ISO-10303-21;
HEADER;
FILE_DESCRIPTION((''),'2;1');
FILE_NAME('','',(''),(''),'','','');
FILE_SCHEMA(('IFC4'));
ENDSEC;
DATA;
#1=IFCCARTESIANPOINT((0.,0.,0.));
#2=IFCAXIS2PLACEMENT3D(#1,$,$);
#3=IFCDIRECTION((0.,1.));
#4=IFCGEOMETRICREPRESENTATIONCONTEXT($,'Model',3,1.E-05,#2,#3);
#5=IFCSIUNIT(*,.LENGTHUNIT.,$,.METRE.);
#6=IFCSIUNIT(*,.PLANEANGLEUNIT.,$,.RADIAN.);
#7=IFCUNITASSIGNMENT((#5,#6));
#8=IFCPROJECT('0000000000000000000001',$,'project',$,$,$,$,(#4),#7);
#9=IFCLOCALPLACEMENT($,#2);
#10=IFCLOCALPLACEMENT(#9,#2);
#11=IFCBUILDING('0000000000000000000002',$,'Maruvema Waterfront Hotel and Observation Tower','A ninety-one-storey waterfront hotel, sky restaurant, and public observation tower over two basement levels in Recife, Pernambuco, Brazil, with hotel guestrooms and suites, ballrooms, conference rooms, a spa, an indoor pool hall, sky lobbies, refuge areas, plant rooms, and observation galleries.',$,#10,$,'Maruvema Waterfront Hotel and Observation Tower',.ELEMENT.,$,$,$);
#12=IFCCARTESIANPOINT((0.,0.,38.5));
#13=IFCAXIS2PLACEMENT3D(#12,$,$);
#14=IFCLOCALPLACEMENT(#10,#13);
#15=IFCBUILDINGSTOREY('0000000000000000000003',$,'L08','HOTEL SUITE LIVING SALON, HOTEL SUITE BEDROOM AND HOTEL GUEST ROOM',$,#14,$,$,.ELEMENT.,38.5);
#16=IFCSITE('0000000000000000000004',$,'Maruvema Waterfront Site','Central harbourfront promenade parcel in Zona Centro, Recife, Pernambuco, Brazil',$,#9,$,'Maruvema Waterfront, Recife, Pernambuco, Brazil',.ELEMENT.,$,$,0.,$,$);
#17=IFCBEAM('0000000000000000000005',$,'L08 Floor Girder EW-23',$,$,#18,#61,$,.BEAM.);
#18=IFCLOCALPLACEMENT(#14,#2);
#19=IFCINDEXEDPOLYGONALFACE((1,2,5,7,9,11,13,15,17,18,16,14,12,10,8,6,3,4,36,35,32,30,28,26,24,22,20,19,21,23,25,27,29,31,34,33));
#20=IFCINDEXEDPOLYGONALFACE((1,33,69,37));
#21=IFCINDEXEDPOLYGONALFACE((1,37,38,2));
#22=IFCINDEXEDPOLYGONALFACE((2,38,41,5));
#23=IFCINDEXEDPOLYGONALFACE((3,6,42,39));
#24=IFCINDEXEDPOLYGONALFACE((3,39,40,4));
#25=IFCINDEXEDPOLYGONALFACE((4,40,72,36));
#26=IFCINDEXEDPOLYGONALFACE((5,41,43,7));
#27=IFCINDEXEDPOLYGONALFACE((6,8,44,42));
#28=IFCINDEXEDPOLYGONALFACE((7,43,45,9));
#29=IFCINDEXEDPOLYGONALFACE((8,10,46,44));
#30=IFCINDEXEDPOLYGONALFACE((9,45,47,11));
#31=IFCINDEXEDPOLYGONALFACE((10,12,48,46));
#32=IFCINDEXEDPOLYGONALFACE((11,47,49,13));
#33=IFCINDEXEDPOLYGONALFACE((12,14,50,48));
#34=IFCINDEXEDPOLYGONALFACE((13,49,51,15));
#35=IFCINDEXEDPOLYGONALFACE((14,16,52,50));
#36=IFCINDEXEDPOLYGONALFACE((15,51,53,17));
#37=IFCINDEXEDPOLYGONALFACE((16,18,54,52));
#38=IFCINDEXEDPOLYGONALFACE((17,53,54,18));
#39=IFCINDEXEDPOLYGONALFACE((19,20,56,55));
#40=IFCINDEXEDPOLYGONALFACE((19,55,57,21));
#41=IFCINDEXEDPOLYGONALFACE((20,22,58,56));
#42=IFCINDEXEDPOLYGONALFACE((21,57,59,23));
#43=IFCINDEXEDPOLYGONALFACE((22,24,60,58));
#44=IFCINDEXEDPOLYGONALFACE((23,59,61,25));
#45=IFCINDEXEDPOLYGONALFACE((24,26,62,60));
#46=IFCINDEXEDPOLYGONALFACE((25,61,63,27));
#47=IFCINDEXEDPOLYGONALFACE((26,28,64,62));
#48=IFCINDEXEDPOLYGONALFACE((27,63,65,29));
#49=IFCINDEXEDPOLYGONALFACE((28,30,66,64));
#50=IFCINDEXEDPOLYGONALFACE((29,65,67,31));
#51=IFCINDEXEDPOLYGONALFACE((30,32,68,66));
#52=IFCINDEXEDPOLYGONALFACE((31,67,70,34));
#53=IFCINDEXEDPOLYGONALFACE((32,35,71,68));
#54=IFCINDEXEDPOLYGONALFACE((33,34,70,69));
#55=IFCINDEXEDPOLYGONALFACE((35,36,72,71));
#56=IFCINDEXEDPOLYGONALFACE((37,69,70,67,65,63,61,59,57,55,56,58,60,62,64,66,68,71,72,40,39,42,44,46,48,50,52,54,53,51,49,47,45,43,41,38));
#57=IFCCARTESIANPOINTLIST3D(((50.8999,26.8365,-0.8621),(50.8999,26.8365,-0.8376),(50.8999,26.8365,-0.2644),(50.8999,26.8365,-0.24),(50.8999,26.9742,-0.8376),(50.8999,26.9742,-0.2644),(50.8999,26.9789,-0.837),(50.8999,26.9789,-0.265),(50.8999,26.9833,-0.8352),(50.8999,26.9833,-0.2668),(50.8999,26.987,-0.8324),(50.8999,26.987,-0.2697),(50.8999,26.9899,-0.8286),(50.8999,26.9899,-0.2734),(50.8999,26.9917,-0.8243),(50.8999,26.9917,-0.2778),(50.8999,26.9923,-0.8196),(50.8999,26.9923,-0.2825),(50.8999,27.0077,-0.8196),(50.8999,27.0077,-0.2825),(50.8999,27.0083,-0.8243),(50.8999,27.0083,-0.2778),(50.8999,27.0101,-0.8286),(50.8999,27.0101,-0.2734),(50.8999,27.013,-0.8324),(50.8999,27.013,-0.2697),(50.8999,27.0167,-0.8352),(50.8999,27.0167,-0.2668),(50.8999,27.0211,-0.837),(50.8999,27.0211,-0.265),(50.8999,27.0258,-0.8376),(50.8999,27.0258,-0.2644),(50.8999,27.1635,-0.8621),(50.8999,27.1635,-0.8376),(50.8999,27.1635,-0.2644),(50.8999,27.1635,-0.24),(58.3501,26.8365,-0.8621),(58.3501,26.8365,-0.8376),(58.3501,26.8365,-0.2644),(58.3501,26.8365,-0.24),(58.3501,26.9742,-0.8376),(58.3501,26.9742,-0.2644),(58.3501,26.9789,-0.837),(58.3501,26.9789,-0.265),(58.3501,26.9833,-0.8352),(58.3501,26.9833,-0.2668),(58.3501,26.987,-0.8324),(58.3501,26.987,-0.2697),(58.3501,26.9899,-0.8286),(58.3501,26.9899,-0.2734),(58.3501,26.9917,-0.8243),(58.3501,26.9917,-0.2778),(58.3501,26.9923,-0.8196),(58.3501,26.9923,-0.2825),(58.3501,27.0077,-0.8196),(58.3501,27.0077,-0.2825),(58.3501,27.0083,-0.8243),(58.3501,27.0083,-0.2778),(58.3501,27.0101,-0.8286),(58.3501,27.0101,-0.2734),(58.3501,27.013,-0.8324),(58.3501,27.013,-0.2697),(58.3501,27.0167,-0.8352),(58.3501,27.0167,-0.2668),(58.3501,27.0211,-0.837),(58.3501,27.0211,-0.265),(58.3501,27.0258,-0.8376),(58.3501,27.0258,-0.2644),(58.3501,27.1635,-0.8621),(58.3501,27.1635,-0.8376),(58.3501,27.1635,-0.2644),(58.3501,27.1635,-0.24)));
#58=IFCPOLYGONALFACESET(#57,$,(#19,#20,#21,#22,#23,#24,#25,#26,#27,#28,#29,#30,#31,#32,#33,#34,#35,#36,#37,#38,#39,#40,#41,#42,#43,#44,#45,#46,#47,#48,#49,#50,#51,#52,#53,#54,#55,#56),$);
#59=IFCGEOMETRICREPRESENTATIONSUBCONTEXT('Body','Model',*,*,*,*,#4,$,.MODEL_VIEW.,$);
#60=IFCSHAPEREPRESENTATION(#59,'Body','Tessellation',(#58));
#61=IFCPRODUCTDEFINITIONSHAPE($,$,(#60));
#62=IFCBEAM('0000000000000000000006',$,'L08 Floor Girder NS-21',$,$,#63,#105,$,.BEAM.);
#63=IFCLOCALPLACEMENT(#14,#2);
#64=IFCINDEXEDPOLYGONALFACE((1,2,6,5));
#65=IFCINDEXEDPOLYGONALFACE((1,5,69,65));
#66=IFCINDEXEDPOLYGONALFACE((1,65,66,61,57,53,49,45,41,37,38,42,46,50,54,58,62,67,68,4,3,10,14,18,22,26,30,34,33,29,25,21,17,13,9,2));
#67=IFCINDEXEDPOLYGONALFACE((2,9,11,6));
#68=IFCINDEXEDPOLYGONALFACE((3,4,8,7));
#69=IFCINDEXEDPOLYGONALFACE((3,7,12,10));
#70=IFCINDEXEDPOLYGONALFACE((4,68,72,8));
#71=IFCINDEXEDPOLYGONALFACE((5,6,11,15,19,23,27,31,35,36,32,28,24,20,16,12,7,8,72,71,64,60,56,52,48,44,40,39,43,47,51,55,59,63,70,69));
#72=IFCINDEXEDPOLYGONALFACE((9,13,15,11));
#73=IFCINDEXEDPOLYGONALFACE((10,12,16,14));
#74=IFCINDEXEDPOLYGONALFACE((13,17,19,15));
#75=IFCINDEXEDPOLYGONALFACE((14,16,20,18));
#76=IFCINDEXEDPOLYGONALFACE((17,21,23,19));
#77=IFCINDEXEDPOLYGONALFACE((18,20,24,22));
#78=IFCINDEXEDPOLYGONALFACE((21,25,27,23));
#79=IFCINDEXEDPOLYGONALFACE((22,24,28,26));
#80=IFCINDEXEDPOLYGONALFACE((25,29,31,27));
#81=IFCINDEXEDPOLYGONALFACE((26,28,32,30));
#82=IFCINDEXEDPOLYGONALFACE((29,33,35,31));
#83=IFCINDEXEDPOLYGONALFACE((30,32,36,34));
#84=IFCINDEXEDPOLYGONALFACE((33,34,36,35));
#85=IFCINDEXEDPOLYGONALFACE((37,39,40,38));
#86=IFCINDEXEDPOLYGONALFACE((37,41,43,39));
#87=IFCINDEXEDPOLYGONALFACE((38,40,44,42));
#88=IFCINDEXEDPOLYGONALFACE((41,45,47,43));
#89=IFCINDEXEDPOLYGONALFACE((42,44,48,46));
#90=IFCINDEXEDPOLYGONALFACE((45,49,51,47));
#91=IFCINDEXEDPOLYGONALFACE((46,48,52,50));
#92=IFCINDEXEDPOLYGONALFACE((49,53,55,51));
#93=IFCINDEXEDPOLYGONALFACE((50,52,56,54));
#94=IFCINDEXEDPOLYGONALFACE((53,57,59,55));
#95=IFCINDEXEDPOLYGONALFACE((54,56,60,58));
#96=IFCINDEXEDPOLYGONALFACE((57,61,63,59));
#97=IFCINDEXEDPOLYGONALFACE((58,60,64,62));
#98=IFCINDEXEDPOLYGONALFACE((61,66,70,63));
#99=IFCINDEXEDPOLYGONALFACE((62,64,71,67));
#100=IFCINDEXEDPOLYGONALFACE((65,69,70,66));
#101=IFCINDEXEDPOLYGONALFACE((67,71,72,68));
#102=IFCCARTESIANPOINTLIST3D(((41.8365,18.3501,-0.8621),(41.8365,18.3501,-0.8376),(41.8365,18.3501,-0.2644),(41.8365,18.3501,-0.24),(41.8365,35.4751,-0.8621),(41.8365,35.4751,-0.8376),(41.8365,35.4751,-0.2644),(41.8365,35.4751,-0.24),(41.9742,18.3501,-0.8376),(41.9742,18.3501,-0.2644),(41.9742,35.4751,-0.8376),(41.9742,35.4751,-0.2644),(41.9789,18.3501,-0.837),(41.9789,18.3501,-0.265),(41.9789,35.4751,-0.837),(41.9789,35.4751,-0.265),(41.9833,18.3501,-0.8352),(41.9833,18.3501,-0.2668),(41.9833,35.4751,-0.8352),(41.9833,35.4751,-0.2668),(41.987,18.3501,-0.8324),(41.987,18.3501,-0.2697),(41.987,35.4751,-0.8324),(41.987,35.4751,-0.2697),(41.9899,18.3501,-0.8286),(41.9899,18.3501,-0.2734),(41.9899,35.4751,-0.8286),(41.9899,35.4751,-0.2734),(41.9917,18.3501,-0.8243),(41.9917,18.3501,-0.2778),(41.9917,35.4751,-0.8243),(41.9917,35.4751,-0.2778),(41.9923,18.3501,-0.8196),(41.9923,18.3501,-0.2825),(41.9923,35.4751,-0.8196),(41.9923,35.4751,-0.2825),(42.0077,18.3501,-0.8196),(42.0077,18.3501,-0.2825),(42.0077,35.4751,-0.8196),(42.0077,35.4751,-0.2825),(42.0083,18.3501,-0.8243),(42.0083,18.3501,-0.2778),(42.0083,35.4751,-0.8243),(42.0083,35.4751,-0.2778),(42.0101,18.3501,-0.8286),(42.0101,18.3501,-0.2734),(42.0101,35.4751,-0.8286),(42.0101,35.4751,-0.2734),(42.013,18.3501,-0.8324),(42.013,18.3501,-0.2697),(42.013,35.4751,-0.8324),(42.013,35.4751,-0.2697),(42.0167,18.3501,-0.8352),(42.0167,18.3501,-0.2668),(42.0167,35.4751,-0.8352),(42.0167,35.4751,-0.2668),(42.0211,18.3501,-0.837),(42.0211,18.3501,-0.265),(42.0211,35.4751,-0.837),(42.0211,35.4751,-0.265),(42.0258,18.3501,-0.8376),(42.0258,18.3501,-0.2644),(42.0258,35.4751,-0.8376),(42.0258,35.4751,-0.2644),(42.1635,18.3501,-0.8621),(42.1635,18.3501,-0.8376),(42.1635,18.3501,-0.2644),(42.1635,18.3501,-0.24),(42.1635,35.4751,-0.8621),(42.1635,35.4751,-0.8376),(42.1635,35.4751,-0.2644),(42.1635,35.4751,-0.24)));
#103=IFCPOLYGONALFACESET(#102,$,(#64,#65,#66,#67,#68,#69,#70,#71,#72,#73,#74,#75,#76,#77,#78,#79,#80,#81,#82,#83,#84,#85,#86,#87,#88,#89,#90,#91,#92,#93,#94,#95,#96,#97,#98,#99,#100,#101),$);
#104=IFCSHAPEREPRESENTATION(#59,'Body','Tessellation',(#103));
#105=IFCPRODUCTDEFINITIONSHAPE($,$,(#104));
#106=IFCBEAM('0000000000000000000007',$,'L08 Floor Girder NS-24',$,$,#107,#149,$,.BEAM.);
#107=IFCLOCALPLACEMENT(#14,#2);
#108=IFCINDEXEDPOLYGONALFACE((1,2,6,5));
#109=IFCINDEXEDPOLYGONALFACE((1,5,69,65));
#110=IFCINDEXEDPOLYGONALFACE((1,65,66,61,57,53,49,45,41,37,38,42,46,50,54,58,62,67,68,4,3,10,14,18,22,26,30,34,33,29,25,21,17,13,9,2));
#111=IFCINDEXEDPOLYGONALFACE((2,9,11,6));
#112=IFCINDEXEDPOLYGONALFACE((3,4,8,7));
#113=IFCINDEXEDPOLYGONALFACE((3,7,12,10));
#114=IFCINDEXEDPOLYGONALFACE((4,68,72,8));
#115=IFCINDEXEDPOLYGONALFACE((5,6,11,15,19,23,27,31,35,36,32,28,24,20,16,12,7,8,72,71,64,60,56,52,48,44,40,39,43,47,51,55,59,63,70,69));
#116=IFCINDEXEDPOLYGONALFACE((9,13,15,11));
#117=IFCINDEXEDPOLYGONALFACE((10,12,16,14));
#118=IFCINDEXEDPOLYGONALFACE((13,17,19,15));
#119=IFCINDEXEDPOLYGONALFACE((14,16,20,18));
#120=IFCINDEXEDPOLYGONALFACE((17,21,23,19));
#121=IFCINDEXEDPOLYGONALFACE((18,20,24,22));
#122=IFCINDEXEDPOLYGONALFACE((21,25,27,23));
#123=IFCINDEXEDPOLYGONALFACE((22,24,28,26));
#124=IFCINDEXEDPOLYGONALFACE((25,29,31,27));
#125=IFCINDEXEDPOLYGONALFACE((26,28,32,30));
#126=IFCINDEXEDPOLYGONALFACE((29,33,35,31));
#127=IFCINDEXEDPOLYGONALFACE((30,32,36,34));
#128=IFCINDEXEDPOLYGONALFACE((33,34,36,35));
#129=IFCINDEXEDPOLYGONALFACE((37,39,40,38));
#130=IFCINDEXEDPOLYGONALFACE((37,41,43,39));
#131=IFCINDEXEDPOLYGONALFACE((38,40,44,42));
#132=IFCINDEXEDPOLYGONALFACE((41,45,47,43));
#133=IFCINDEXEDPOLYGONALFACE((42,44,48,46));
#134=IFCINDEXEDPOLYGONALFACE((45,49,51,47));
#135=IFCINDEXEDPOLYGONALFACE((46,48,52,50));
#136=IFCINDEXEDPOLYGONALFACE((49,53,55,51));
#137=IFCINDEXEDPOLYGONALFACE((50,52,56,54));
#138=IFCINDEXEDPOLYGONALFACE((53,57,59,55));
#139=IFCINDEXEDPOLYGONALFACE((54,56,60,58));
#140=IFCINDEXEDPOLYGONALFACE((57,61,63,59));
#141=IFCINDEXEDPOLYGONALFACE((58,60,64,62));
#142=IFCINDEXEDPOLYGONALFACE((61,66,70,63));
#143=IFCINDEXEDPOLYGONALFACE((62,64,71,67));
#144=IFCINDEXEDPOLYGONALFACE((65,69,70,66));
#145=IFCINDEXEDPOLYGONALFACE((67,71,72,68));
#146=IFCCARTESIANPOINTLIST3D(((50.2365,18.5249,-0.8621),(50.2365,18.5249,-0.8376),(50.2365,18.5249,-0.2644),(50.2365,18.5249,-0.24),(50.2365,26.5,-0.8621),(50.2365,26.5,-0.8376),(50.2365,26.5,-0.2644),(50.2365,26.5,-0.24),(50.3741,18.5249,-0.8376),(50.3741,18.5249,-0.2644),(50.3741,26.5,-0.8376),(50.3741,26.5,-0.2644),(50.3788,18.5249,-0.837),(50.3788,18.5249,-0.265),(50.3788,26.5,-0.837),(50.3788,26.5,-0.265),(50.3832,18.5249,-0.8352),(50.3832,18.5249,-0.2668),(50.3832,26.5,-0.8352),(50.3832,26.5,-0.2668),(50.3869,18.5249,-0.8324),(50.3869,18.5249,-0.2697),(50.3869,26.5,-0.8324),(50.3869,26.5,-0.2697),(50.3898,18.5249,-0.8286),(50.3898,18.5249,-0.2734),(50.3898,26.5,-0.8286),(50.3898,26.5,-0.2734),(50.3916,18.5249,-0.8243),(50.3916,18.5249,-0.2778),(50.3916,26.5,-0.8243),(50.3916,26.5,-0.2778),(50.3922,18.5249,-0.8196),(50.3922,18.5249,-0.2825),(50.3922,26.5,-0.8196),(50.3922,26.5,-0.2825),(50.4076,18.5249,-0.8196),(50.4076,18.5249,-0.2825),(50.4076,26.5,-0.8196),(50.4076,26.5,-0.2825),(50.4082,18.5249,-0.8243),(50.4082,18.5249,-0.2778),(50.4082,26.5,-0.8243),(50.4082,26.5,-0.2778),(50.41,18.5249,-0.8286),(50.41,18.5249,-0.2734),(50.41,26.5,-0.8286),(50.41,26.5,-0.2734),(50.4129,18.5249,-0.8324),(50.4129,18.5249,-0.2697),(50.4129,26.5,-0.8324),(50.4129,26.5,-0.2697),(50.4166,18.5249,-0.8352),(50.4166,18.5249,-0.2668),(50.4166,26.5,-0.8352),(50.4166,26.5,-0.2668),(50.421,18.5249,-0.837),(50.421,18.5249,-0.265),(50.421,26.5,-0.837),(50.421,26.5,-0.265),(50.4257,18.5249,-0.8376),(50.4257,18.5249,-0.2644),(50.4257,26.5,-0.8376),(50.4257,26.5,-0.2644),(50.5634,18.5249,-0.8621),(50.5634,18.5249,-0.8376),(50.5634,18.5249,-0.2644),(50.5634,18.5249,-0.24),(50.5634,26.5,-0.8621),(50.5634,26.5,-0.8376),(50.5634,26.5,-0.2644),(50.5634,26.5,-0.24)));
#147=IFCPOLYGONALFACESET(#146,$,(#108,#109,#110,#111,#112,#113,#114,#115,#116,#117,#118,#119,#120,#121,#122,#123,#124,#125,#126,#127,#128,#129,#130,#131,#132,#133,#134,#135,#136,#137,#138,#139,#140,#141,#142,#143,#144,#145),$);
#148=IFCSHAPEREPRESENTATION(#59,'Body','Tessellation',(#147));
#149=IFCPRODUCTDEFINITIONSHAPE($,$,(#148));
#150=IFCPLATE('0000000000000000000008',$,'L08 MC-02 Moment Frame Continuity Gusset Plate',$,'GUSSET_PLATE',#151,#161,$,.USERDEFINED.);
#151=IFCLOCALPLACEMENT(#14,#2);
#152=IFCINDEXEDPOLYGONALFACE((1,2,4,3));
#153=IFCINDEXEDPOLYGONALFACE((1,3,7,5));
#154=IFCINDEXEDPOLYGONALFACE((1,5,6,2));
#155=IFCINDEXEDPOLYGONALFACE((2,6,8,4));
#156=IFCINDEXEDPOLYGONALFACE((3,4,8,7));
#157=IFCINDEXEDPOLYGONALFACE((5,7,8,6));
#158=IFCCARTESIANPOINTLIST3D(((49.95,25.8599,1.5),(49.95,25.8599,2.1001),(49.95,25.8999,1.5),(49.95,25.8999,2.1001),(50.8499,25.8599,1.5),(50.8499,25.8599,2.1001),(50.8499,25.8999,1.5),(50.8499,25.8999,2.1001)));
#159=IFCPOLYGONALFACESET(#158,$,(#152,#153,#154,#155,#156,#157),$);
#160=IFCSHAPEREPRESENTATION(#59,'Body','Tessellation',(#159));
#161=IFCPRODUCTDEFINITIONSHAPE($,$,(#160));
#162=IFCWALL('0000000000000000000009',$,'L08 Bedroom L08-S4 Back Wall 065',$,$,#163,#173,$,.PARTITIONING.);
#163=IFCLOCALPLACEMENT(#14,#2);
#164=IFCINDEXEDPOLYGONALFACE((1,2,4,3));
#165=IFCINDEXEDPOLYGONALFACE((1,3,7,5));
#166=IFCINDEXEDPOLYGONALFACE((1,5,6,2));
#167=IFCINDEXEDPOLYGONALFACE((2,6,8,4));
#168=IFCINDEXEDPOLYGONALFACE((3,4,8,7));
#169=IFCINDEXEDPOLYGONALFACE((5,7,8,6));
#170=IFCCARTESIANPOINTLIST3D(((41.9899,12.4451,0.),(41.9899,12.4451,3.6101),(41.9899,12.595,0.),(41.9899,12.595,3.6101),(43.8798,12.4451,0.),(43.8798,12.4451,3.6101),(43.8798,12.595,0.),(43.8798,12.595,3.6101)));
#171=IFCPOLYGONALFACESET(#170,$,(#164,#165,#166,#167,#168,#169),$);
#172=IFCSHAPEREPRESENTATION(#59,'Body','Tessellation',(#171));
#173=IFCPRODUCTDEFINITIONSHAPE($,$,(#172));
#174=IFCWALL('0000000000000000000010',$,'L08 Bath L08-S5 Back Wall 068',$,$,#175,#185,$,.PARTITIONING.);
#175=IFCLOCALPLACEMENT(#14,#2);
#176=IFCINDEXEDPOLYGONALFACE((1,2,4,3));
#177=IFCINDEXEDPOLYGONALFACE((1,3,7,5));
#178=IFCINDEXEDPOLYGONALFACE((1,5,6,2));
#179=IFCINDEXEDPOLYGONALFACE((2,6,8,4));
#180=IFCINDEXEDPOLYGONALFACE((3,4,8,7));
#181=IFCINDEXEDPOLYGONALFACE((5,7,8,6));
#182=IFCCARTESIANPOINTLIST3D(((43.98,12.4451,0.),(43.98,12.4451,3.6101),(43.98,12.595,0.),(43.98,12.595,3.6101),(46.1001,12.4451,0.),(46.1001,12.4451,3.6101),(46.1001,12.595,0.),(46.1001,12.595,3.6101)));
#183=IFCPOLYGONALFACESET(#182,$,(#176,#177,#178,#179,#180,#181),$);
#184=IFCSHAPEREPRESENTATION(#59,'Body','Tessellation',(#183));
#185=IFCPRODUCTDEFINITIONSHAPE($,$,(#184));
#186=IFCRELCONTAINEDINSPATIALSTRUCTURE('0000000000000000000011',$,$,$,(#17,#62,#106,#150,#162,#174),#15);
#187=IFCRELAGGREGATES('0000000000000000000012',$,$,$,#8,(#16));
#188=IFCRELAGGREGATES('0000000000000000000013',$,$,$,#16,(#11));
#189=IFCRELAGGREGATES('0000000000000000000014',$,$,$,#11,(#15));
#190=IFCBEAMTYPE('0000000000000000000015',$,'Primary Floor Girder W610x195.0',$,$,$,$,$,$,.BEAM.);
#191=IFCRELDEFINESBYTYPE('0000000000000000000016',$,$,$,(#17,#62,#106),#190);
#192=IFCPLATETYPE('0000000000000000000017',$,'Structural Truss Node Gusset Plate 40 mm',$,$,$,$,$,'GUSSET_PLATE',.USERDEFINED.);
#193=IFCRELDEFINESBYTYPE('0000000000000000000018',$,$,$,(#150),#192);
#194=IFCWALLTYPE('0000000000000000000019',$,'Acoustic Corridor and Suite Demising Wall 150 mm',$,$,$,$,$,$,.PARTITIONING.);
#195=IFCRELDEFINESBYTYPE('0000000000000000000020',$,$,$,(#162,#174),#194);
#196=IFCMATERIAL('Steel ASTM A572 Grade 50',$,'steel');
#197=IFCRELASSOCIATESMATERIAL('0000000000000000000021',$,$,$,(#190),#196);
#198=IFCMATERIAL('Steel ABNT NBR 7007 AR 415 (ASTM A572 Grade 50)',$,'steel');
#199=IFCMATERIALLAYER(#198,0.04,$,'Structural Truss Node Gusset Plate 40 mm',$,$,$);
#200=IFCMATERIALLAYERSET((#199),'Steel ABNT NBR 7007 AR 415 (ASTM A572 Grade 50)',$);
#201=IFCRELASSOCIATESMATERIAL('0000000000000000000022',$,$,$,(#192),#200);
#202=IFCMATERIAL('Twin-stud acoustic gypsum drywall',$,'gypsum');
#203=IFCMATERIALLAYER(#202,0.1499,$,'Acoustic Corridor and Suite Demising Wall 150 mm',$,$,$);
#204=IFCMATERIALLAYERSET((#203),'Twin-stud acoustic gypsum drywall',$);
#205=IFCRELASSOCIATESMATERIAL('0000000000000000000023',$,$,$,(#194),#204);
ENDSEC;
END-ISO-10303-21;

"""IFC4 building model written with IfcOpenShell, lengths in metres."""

from ifc_helpers import new_model, si_unit, direction, frame, frame_2d, origin, origin_2d, place, context, subcontext, project, spatial, rectangle, i_section, extrude, material, layer, layer_set, material_profile, profile_set, type_object, element, save


model = new_model("IFC4")

# Units and contexts
model_context = context("Model", 3, precision=1e-05, world=origin(), true_north=direction((0.0, 1.0)))
body_context = subcontext(model_context, "Body", "Model", "MODEL_VIEW")
ifc_project = project(units=[si_unit("LENGTHUNIT", "METRE"), si_unit("PLANEANGLEUNIT", "RADIAN")], contexts=[model_context])

# Site, building, storey
site_placement = place(None, origin())
site = spatial("IfcSite", under=ifc_project, at=site_placement, Name="Maruvema Waterfront Site", Description="Central harbourfront promenade parcel in Zona Centro, Recife, Pernambuco, Brazil", LongName="Maruvema Waterfront, Recife, Pernambuco, Brazil", CompositionType="ELEMENT", RefElevation=0.0)
building_placement = place(site_placement, origin())
building = spatial("IfcBuilding", under=site, at=building_placement, Name="Maruvema Waterfront Hotel and Observation Tower", Description="A ninety-one-storey waterfront hotel, sky restaurant, and public observation tower over two basement levels in Recife, Pernambuco, Brazil, with hotel guestrooms and suites, ballrooms, conference rooms, a spa, an indoor pool hall, sky lobbies, refuge areas, plant rooms, and observation galleries.", LongName="Maruvema Waterfront Hotel and Observation Tower", CompositionType="ELEMENT")
storey_placement = place(building_placement, frame((0.0, 0.0, 38.5)))
storey = spatial("IfcBuildingStorey", under=building, at=storey_placement, Name="L08", Description="HOTEL SUITE LIVING SALON, HOTEL SUITE BEDROOM AND HOTEL GUEST ROOM", CompositionType="ELEMENT", Elevation=38.5)

# Beams
ifc_material_1 = material(Name="Steel ASTM A572 Grade 50", Category="steel")
ifc_material_profile_1 = material_profile(ifc_material_1, i_section(OverallWidth=0.3269, OverallDepth=0.6221, WebThickness=0.0154, FlangeThickness=0.0244, FilletRadius=0.0181, at=origin_2d()), Name="W610x195.0")
ifc_profile_set_1 = profile_set([ifc_material_profile_1], Name="Steel ASTM A572 Grade 50")
beam_type = type_object("IfcBeamType", Name="Primary Floor Girder W610x195.0", PredefinedType="BEAM", material=ifc_profile_set_1)
beam_1_placement = place(storey_placement, frame((50.8999, 27.0, -0.551), z_axis=(1.0, 0.0, 0.0), x_axis=(0.0, 1.0, 0.0)))
element("IfcBeam", 1, at=beam_1_placement, inside=storey, type_object=beam_type, Name="L08 Floor Girder EW-23", PredefinedType="BEAM", context=body_context, shape_type="SweptSolid", body=[
    extrude(i_section(OverallWidth=0.3269, OverallDepth=0.6221, WebThickness=0.0154, FlangeThickness=0.0244, FilletRadius=0.0181, at=origin_2d()), origin(), (0.0, 0.0, 1.0), 7.4502),
])
beam_2_placement = place(storey_placement, frame((42.0, 18.3501, -0.551), z_axis=(0.0, 1.0, 0.0), x_axis=(-1.0, 0.0, 0.0)))
element("IfcBeam", 2, at=beam_2_placement, inside=storey, type_object=beam_type, Name="L08 Floor Girder NS-21", PredefinedType="BEAM", context=body_context, shape_type="SweptSolid", body=[
    extrude(i_section(OverallWidth=0.3269, OverallDepth=0.6221, WebThickness=0.0154, FlangeThickness=0.0244, FilletRadius=0.0181, at=origin_2d()), origin(), (0.0, 0.0, 1.0), 17.125),
])
beam_3_placement = place(storey_placement, frame((50.3999, 18.5249, -0.551), z_axis=(0.0, 1.0, 0.0), x_axis=(-1.0, 0.0, 0.0)))
element("IfcBeam", 3, at=beam_3_placement, inside=storey, type_object=beam_type, Name="L08 Floor Girder NS-24", PredefinedType="BEAM", context=body_context, shape_type="SweptSolid", body=[
    extrude(i_section(OverallWidth=0.3269, OverallDepth=0.6221, WebThickness=0.0154, FlangeThickness=0.0244, FilletRadius=0.0181, at=origin_2d()), origin(), (0.0, 0.0, 1.0), 7.9751),
])

# Plate
ifc_material_2 = material(Name="Steel ABNT NBR 7007 AR 415 (ASTM A572 Grade 50)", Category="steel")
ifc_layer_1 = layer(ifc_material_2, 0.04, Name="Structural Truss Node Gusset Plate 40 mm")
ifc_layer_set_1 = layer_set([ifc_layer_1], Name="Steel ABNT NBR 7007 AR 415 (ASTM A572 Grade 50)")
plate_type = type_object("IfcPlateType", Name="Structural Truss Node Gusset Plate 40 mm", ElementType="GUSSET_PLATE", PredefinedType="USERDEFINED", material=ifc_layer_set_1)
plate_placement = place(storey_placement, frame((50.3999, 25.8799, 1.5), z_axis=(0.0, 0.0, 1.0), x_axis=(1.0, 0.0, 0.0)))
element("IfcPlate", 4, at=plate_placement, inside=storey, type_object=plate_type, Name="L08 MC-02 Moment Frame Continuity Gusset Plate", ObjectType="GUSSET_PLATE", PredefinedType="USERDEFINED", context=body_context, shape_type="SweptSolid", body=[
    extrude(rectangle(XDim=0.8999, YDim=0.04, at=origin_2d()), origin(), (0.0, 0.0, 1.0), 0.6001),
])

# Walls
ifc_material_3 = material(Name="Twin-stud acoustic gypsum drywall", Category="gypsum")
ifc_layer_2 = layer(ifc_material_3, 0.1499, Name="Acoustic Corridor and Suite Demising Wall 150 mm")
ifc_layer_set_2 = layer_set([ifc_layer_2], Name="Twin-stud acoustic gypsum drywall")
wall_type_1 = type_object("IfcWallType", Name="Acoustic Corridor and Suite Demising Wall 150 mm", PredefinedType="PARTITIONING", material=ifc_layer_set_2)
wall_1_placement = place(storey_placement, frame((41.99, 12.52, 0.0), z_axis=(0.0, 0.0, 1.0), x_axis=(1.0, 0.0, 0.0)))
element("IfcWall", 5, at=wall_1_placement, inside=storey, type_object=wall_type_1, Name="L08 Bedroom L08-S4 Back Wall 065", PredefinedType="PARTITIONING", context=body_context, shape_type="SweptSolid", body=[
    extrude(rectangle(XDim=1.8899, YDim=0.1499, at=frame_2d((0.9448, 0.0))), origin(), (0.0, 0.0, 1.0), 3.6101),
])
wall_2_placement = place(storey_placement, frame((43.98, 12.52, 0.0), z_axis=(0.0, 0.0, 1.0), x_axis=(1.0, 0.0, 0.0)))
element("IfcWall", 6, at=wall_2_placement, inside=storey, type_object=wall_type_1, Name="L08 Bath L08-S5 Back Wall 068", PredefinedType="PARTITIONING", context=body_context, shape_type="SweptSolid", body=[
    extrude(rectangle(XDim=2.1201, YDim=0.1499, at=frame_2d((1.0601, 0.0))), origin(), (0.0, 0.0, 1.0), 3.6101),
])

save(model, "model.ifc")
